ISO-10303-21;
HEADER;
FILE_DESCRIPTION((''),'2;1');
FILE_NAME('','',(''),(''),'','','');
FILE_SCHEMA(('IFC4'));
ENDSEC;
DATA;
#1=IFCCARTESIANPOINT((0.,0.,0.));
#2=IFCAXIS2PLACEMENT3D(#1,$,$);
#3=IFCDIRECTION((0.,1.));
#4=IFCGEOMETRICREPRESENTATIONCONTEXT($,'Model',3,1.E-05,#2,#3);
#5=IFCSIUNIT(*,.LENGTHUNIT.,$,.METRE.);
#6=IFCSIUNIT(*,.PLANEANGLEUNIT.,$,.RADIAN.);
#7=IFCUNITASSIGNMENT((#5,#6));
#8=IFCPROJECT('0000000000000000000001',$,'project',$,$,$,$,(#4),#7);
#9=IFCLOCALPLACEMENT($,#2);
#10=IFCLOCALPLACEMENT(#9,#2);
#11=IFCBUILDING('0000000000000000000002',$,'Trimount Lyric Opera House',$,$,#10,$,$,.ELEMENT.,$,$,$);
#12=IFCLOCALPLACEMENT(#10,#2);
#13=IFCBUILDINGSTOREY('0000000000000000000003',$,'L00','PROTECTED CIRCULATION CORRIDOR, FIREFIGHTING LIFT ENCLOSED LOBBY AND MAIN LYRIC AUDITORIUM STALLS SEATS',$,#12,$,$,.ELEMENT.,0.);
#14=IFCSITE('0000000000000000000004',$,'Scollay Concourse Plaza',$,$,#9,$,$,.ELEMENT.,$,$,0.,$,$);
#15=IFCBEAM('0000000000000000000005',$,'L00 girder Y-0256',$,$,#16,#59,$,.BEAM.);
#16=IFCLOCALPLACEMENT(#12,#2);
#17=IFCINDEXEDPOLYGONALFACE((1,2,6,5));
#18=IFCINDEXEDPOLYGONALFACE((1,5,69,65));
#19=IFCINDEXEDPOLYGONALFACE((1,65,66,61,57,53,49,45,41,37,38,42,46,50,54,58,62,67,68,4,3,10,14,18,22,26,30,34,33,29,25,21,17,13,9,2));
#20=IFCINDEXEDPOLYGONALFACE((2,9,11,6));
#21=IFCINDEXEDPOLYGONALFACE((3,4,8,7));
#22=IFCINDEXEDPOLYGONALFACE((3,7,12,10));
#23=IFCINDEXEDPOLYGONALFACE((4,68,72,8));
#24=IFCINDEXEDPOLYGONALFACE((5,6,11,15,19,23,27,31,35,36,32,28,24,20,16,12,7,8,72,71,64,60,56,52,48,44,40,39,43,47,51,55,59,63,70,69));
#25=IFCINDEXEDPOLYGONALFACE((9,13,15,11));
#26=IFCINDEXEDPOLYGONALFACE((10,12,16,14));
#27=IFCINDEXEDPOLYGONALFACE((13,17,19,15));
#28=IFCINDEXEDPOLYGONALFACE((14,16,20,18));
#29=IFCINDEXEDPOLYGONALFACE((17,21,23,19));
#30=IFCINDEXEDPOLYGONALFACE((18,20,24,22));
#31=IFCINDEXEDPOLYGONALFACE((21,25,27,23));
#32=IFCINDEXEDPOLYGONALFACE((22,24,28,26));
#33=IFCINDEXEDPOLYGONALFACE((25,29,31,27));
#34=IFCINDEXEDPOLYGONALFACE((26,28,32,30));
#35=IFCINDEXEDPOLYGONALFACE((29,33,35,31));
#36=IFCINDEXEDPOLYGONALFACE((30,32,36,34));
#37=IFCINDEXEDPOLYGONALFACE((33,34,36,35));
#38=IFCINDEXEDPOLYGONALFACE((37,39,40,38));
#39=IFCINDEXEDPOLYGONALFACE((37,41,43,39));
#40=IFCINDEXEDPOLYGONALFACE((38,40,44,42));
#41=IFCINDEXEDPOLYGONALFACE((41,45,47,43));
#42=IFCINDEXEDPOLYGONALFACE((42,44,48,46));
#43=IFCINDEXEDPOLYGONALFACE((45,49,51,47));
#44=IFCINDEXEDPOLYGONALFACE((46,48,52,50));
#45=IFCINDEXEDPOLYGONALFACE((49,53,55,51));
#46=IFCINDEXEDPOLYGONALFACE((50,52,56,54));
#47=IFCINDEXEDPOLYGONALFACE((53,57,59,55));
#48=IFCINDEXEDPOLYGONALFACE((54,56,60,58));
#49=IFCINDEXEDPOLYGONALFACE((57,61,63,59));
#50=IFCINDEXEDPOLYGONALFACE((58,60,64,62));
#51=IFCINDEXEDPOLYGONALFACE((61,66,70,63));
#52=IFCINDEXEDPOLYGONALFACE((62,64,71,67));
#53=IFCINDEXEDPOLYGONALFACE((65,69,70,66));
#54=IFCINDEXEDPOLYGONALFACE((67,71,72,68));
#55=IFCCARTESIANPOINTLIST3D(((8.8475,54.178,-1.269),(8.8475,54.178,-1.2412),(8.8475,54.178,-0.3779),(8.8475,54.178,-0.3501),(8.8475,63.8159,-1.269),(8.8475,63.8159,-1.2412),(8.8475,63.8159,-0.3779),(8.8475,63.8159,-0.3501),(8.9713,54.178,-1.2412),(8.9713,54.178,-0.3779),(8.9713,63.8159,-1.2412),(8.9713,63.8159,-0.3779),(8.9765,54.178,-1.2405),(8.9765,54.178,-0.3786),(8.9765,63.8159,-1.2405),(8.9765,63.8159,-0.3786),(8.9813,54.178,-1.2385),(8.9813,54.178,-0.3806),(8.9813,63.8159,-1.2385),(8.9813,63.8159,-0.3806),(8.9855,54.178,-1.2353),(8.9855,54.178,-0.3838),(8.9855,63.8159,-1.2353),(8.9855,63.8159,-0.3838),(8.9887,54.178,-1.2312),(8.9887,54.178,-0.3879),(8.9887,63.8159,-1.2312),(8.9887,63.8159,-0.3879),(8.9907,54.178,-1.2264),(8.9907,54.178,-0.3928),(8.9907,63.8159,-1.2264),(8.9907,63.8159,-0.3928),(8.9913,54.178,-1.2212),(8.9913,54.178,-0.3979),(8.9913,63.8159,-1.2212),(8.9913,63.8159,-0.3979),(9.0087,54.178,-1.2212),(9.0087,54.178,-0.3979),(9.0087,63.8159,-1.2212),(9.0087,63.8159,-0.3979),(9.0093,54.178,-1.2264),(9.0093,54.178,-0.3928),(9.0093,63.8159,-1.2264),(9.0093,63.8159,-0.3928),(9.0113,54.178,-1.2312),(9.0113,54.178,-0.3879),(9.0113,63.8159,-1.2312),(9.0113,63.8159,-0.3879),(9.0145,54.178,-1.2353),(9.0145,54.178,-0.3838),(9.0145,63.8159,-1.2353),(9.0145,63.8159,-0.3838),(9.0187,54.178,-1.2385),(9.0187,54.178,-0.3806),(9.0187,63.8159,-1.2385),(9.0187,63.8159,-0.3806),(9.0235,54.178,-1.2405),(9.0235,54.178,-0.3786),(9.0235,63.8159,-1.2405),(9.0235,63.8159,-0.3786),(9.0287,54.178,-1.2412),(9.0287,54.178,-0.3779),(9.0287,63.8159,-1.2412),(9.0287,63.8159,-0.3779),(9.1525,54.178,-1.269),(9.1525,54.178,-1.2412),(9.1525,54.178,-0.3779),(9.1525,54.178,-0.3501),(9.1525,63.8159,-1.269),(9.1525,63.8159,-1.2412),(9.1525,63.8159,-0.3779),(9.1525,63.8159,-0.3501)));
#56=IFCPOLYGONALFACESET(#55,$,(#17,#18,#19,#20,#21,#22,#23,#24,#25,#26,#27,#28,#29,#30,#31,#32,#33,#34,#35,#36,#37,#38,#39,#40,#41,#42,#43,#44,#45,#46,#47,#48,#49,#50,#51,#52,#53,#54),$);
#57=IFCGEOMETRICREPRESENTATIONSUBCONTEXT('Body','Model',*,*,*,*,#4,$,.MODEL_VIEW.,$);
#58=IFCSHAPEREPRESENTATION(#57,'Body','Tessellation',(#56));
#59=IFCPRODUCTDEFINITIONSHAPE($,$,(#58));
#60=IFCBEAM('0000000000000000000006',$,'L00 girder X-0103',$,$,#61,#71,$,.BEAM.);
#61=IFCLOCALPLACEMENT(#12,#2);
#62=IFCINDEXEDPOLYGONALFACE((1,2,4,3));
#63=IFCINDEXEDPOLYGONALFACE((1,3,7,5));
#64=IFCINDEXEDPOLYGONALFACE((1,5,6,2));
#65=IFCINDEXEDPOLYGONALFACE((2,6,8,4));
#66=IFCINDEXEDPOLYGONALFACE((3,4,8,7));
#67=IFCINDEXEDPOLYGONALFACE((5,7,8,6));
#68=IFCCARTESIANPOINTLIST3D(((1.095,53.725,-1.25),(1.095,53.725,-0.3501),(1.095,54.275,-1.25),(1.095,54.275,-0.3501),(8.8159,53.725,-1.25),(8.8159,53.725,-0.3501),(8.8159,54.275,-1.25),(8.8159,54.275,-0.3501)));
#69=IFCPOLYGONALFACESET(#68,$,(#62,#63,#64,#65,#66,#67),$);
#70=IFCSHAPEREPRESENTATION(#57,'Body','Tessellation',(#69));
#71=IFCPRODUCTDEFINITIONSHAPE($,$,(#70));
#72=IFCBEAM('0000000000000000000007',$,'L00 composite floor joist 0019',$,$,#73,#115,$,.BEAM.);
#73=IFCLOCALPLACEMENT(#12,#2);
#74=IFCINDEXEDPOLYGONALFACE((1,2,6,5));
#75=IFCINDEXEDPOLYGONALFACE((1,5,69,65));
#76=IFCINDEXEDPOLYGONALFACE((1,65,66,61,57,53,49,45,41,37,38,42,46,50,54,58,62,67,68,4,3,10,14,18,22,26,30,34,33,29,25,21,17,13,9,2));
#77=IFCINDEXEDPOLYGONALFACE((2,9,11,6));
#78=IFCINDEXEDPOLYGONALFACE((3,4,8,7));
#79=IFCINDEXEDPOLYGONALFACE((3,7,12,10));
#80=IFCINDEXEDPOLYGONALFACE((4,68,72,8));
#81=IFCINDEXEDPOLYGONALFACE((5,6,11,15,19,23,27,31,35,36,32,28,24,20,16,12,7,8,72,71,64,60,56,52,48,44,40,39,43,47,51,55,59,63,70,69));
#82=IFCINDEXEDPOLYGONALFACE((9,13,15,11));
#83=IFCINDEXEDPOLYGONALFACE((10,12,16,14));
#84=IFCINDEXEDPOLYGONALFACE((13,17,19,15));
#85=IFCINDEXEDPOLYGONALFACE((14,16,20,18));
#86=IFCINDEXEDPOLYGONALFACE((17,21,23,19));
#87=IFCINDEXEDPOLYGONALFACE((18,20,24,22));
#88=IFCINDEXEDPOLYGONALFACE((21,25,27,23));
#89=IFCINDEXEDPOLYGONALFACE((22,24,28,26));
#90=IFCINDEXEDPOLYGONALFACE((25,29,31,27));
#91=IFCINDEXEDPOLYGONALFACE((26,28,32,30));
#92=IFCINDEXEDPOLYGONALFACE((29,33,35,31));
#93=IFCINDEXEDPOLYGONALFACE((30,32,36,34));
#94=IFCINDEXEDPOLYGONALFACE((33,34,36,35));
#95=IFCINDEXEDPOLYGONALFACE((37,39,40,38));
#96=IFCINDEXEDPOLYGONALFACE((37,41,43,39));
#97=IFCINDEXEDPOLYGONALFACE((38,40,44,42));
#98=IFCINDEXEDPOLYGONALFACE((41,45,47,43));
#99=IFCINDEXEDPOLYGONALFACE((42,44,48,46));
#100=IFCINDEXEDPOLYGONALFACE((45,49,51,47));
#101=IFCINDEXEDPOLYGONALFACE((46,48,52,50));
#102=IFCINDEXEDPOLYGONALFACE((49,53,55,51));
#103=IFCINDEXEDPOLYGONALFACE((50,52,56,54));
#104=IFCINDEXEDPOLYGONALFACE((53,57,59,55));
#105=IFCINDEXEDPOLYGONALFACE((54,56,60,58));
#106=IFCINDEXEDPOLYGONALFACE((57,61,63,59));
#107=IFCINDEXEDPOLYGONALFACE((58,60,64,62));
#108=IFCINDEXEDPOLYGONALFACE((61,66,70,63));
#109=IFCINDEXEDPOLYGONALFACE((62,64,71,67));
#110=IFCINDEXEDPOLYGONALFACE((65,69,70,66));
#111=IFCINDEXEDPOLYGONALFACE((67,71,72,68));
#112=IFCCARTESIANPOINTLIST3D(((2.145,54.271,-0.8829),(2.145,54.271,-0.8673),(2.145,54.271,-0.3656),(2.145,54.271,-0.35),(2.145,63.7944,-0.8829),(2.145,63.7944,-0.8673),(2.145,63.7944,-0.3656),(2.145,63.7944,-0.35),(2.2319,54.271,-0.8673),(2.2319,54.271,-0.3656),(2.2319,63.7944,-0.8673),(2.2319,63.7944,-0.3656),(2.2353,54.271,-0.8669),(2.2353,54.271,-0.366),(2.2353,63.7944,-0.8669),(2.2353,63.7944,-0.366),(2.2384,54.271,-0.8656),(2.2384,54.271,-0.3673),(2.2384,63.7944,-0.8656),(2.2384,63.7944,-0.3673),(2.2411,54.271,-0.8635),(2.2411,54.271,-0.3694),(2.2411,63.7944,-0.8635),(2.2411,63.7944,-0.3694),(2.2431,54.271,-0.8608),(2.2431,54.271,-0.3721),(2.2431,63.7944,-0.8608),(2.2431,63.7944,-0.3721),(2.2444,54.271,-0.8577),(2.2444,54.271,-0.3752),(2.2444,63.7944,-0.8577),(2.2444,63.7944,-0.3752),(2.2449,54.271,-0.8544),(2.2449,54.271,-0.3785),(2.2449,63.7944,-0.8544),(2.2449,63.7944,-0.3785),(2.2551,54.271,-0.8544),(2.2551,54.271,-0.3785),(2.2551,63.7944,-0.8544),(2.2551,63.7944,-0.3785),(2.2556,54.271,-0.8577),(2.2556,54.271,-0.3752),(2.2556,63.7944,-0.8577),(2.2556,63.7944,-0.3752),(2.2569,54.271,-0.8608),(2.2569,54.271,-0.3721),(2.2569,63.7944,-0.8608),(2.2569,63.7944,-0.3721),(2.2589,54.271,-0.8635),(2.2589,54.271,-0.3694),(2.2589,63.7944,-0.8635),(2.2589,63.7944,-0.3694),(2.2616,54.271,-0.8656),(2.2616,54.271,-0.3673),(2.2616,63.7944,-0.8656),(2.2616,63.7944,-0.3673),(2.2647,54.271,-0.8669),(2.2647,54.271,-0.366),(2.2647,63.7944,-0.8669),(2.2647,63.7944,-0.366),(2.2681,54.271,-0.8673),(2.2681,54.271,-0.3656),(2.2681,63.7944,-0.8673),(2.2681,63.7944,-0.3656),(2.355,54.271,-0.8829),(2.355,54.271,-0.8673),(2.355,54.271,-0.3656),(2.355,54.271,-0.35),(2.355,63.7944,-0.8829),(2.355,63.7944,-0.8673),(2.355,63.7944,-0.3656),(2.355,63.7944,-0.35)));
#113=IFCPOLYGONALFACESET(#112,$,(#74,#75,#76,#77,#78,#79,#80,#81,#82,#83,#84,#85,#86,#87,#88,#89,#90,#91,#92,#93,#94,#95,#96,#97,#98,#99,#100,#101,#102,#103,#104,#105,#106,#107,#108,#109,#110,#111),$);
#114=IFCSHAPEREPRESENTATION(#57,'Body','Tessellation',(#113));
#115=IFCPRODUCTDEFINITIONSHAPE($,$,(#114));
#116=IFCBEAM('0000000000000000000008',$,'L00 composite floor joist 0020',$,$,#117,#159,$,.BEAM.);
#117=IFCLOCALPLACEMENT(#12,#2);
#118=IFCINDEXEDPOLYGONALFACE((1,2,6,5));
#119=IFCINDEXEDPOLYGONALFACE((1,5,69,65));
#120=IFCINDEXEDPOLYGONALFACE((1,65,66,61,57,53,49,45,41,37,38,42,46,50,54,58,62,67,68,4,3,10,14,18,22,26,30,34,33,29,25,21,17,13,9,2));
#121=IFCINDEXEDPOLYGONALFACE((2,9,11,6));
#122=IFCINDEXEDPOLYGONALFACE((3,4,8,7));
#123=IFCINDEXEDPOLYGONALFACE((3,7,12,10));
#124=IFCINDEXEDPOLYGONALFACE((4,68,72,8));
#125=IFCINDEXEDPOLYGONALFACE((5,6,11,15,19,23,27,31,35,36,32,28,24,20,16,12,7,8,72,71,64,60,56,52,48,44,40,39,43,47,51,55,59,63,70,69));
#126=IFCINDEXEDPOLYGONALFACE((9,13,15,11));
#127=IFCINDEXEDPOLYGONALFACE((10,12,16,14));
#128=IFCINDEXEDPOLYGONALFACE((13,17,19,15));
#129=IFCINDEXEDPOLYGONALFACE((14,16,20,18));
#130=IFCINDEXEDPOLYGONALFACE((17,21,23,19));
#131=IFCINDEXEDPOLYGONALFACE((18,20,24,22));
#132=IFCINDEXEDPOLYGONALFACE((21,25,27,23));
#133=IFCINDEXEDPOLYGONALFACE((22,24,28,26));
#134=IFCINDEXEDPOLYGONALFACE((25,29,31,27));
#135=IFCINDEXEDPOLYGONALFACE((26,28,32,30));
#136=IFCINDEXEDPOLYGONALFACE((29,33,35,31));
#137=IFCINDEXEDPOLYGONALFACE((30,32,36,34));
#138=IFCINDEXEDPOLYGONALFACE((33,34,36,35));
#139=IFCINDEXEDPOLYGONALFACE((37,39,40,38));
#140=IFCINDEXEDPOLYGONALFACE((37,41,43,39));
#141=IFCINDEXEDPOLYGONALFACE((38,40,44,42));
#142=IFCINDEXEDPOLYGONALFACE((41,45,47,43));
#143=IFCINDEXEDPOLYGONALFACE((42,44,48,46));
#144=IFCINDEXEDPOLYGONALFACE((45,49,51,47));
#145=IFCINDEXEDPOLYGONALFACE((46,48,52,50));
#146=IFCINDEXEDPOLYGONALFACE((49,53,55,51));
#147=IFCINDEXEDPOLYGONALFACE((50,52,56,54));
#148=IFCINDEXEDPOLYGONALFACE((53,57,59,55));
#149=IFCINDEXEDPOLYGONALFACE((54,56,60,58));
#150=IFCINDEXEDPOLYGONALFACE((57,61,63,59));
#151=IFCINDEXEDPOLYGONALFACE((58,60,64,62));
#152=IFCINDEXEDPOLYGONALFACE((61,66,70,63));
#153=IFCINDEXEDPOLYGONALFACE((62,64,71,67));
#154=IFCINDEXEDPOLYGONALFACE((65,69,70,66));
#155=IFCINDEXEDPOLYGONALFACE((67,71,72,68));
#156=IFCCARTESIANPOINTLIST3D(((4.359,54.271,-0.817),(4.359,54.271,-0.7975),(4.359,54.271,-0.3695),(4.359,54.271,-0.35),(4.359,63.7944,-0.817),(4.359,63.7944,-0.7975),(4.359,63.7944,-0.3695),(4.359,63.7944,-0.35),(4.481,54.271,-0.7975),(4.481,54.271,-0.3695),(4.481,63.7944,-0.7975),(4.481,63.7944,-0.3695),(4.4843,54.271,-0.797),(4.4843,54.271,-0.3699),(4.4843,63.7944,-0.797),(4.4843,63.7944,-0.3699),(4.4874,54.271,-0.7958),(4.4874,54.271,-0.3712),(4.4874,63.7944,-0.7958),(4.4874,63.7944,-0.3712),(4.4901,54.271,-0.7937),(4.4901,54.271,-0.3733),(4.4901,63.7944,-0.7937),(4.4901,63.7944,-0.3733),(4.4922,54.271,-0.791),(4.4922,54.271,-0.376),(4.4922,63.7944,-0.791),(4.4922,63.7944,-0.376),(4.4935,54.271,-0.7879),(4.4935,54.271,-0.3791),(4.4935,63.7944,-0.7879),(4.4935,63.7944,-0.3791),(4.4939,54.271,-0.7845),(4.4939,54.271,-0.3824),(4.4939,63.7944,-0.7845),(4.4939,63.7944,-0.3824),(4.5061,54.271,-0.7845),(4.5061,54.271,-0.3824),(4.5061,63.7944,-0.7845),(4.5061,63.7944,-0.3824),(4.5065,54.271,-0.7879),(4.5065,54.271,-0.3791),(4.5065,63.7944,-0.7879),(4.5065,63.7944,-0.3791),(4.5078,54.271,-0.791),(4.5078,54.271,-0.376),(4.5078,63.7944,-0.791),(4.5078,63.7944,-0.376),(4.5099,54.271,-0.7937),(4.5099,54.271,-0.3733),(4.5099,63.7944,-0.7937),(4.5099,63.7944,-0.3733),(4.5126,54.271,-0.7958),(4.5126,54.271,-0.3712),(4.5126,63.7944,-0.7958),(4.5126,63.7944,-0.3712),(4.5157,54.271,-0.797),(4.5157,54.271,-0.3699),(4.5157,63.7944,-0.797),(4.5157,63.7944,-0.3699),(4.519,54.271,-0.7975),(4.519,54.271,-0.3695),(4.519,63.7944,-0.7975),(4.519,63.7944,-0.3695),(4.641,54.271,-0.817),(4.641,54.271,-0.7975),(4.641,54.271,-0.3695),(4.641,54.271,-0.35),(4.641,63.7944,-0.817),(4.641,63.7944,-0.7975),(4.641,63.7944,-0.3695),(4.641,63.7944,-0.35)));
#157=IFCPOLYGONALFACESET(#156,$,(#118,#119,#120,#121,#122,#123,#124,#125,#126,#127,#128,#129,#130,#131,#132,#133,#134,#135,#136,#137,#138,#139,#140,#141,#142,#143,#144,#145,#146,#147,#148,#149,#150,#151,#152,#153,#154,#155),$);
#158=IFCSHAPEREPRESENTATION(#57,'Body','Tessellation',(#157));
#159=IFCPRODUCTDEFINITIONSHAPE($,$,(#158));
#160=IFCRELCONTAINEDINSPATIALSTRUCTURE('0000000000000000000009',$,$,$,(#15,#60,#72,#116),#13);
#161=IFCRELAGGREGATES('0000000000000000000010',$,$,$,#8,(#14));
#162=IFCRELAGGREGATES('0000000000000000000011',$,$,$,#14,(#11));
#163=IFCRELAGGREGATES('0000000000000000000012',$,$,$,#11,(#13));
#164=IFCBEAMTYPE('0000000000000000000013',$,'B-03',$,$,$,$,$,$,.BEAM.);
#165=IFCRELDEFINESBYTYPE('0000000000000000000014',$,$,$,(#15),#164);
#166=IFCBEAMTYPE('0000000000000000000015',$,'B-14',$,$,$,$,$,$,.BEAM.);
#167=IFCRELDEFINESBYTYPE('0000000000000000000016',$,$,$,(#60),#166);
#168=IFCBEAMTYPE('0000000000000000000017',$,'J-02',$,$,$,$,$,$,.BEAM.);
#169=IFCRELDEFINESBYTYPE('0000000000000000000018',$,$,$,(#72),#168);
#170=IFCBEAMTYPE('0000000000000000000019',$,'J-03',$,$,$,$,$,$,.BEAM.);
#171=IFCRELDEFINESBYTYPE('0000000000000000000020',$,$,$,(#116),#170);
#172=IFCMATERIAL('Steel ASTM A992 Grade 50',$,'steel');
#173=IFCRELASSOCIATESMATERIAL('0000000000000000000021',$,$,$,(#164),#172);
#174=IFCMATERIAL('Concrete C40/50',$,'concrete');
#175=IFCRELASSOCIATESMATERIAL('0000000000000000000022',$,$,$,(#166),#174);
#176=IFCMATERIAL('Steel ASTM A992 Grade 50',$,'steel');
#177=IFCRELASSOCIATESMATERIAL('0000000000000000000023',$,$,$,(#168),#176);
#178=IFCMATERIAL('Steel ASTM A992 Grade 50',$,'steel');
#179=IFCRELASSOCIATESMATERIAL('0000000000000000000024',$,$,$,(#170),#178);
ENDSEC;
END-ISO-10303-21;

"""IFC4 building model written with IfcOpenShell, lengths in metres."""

from ifc_helpers import new_model, si_unit, direction, frame, origin, origin_2d, place, context, subcontext, project, spatial, rectangle, i_section, extrude, material, material_profile, profile_set, type_object, element, save


model = new_model("IFC4")

# Units and contexts
model_context = context("Model", 3, precision=1e-05, world=origin(), true_north=direction((0.0, 1.0)))
body_context = subcontext(model_context, "Body", "Model", "MODEL_VIEW")
ifc_project = project(units=[si_unit("LENGTHUNIT", "METRE"), si_unit("PLANEANGLEUNIT", "RADIAN")], contexts=[model_context])

# Site, building, storey
site_placement = place(None, origin())
site = spatial("IfcSite", under=ifc_project, at=site_placement, Name="Scollay Concourse Plaza", CompositionType="ELEMENT", RefElevation=0.0)
building_placement = place(site_placement, origin())
building = spatial("IfcBuilding", under=site, at=building_placement, Name="Trimount Lyric Opera House", CompositionType="ELEMENT")
storey_placement = place(building_placement, origin())
storey = spatial("IfcBuildingStorey", under=building, at=storey_placement, Name="L00", Description="PROTECTED CIRCULATION CORRIDOR, FIREFIGHTING LIFT ENCLOSED LOBBY AND MAIN LYRIC AUDITORIUM STALLS SEATS", CompositionType="ELEMENT", Elevation=0.0)

# Beams
ifc_material_1 = material(Name="Steel ASTM A992 Grade 50", Category="steel")
ifc_material_profile_1 = material_profile(ifc_material_1, i_section(OverallWidth=0.3049, OverallDepth=0.9189, WebThickness=0.0173, FlangeThickness=0.0278, FilletRadius=0.02, at=origin_2d()), Name="W36X170")
ifc_profile_set_1 = profile_set([ifc_material_profile_1], Name="Steel ASTM A992 Grade 50")
beam_type_1 = type_object("IfcBeamType", Name="B-03", PredefinedType="BEAM", material=ifc_profile_set_1)
beam_1_placement = place(storey_placement, frame((9.0, 54.178, -0.8096), z_axis=(0.0, 1.0, 0.0), x_axis=(-1.0, 0.0, 0.0)))
element("IfcBeam", 1, at=beam_1_placement, inside=storey, type_object=beam_type_1, Name="L00 girder Y-0256", PredefinedType="BEAM", context=body_context, shape_type="SweptSolid", body=[
    extrude(i_section(OverallWidth=0.3049, OverallDepth=0.9189, WebThickness=0.0173, FlangeThickness=0.0278, FilletRadius=0.02, at=origin_2d()), origin(), (0.0, 0.0, 1.0), 9.6379),
])
ifc_material_2 = material(Name="Concrete C40/50", Category="concrete")
ifc_material_profile_2 = material_profile(ifc_material_2, rectangle(XDim=0.55, YDim=0.8999, at=origin_2d()), Name="RC550X900")
ifc_profile_set_2 = profile_set([ifc_material_profile_2], Name="Concrete C40/50")
beam_type_2 = type_object("IfcBeamType", Name="B-14", PredefinedType="BEAM", material=ifc_profile_set_2)
beam_2_placement = place(storey_placement, frame((1.095, 54.0, -0.8), z_axis=(1.0, 0.0, 0.0), x_axis=(0.0, 1.0, 0.0)))
element("IfcBeam", 2, at=beam_2_placement, inside=storey, type_object=beam_type_2, Name="L00 girder X-0103", PredefinedType="BEAM", context=body_context, shape_type="SweptSolid", body=[
    extrude(rectangle(XDim=0.55, YDim=0.8999, at=origin_2d()), origin(), (0.0, 0.0, 1.0), 7.7209),
])
ifc_material_3 = material(Name="Steel ASTM A992 Grade 50", Category="steel")
ifc_material_profile_3 = material_profile(ifc_material_3, i_section(OverallWidth=0.21, OverallDepth=0.533, WebThickness=0.0103, FlangeThickness=0.0156, FilletRadius=0.0129, at=origin_2d()), Name="W21X62")
ifc_profile_set_3 = profile_set([ifc_material_profile_3], Name="Steel ASTM A992 Grade 50")
beam_type_3 = type_object("IfcBeamType", Name="J-02", PredefinedType="BEAM", material=ifc_profile_set_3)
beam_3_placement = place(storey_placement, frame((2.25, 54.271, -0.6165), z_axis=(0.0, 1.0, 0.0), x_axis=(-1.0, 0.0, 0.0)))
element("IfcBeam", 3, at=beam_3_placement, inside=storey, type_object=beam_type_3, Name="L00 composite floor joist 0019", PredefinedType="BEAM", context=body_context, shape_type="SweptSolid", body=[
    extrude(i_section(OverallWidth=0.21, OverallDepth=0.533, WebThickness=0.0103, FlangeThickness=0.0156, FilletRadius=0.0129, at=origin_2d()), origin(), (0.0, 0.0, 1.0), 9.5234),
])
ifc_material_4 = material(Name="Steel ASTM A992 Grade 50", Category="steel")
ifc_material_profile_4 = material_profile(ifc_material_4, i_section(OverallWidth=0.282, OverallDepth=0.467, WebThickness=0.0122, FlangeThickness=0.0195, FilletRadius=0.0129, at=origin_2d()), Name="W18X86")
ifc_profile_set_4 = profile_set([ifc_material_profile_4], Name="Steel ASTM A992 Grade 50")
beam_type_4 = type_object("IfcBeamType", Name="J-03", PredefinedType="BEAM", material=ifc_profile_set_4)
beam_4_placement = place(storey_placement, frame((4.5, 54.271, -0.5835), z_axis=(0.0, 1.0, 0.0), x_axis=(-1.0, 0.0, 0.0)))
element("IfcBeam", 4, at=beam_4_placement, inside=storey, type_object=beam_type_4, Name="L00 composite floor joist 0020", PredefinedType="BEAM", context=body_context, shape_type="SweptSolid", body=[
    extrude(i_section(OverallWidth=0.282, OverallDepth=0.467, WebThickness=0.0122, FlangeThickness=0.0195, FilletRadius=0.0129, at=origin_2d()), origin(), (0.0, 0.0, 1.0), 9.5234),
])

save(model, "model.ifc")
